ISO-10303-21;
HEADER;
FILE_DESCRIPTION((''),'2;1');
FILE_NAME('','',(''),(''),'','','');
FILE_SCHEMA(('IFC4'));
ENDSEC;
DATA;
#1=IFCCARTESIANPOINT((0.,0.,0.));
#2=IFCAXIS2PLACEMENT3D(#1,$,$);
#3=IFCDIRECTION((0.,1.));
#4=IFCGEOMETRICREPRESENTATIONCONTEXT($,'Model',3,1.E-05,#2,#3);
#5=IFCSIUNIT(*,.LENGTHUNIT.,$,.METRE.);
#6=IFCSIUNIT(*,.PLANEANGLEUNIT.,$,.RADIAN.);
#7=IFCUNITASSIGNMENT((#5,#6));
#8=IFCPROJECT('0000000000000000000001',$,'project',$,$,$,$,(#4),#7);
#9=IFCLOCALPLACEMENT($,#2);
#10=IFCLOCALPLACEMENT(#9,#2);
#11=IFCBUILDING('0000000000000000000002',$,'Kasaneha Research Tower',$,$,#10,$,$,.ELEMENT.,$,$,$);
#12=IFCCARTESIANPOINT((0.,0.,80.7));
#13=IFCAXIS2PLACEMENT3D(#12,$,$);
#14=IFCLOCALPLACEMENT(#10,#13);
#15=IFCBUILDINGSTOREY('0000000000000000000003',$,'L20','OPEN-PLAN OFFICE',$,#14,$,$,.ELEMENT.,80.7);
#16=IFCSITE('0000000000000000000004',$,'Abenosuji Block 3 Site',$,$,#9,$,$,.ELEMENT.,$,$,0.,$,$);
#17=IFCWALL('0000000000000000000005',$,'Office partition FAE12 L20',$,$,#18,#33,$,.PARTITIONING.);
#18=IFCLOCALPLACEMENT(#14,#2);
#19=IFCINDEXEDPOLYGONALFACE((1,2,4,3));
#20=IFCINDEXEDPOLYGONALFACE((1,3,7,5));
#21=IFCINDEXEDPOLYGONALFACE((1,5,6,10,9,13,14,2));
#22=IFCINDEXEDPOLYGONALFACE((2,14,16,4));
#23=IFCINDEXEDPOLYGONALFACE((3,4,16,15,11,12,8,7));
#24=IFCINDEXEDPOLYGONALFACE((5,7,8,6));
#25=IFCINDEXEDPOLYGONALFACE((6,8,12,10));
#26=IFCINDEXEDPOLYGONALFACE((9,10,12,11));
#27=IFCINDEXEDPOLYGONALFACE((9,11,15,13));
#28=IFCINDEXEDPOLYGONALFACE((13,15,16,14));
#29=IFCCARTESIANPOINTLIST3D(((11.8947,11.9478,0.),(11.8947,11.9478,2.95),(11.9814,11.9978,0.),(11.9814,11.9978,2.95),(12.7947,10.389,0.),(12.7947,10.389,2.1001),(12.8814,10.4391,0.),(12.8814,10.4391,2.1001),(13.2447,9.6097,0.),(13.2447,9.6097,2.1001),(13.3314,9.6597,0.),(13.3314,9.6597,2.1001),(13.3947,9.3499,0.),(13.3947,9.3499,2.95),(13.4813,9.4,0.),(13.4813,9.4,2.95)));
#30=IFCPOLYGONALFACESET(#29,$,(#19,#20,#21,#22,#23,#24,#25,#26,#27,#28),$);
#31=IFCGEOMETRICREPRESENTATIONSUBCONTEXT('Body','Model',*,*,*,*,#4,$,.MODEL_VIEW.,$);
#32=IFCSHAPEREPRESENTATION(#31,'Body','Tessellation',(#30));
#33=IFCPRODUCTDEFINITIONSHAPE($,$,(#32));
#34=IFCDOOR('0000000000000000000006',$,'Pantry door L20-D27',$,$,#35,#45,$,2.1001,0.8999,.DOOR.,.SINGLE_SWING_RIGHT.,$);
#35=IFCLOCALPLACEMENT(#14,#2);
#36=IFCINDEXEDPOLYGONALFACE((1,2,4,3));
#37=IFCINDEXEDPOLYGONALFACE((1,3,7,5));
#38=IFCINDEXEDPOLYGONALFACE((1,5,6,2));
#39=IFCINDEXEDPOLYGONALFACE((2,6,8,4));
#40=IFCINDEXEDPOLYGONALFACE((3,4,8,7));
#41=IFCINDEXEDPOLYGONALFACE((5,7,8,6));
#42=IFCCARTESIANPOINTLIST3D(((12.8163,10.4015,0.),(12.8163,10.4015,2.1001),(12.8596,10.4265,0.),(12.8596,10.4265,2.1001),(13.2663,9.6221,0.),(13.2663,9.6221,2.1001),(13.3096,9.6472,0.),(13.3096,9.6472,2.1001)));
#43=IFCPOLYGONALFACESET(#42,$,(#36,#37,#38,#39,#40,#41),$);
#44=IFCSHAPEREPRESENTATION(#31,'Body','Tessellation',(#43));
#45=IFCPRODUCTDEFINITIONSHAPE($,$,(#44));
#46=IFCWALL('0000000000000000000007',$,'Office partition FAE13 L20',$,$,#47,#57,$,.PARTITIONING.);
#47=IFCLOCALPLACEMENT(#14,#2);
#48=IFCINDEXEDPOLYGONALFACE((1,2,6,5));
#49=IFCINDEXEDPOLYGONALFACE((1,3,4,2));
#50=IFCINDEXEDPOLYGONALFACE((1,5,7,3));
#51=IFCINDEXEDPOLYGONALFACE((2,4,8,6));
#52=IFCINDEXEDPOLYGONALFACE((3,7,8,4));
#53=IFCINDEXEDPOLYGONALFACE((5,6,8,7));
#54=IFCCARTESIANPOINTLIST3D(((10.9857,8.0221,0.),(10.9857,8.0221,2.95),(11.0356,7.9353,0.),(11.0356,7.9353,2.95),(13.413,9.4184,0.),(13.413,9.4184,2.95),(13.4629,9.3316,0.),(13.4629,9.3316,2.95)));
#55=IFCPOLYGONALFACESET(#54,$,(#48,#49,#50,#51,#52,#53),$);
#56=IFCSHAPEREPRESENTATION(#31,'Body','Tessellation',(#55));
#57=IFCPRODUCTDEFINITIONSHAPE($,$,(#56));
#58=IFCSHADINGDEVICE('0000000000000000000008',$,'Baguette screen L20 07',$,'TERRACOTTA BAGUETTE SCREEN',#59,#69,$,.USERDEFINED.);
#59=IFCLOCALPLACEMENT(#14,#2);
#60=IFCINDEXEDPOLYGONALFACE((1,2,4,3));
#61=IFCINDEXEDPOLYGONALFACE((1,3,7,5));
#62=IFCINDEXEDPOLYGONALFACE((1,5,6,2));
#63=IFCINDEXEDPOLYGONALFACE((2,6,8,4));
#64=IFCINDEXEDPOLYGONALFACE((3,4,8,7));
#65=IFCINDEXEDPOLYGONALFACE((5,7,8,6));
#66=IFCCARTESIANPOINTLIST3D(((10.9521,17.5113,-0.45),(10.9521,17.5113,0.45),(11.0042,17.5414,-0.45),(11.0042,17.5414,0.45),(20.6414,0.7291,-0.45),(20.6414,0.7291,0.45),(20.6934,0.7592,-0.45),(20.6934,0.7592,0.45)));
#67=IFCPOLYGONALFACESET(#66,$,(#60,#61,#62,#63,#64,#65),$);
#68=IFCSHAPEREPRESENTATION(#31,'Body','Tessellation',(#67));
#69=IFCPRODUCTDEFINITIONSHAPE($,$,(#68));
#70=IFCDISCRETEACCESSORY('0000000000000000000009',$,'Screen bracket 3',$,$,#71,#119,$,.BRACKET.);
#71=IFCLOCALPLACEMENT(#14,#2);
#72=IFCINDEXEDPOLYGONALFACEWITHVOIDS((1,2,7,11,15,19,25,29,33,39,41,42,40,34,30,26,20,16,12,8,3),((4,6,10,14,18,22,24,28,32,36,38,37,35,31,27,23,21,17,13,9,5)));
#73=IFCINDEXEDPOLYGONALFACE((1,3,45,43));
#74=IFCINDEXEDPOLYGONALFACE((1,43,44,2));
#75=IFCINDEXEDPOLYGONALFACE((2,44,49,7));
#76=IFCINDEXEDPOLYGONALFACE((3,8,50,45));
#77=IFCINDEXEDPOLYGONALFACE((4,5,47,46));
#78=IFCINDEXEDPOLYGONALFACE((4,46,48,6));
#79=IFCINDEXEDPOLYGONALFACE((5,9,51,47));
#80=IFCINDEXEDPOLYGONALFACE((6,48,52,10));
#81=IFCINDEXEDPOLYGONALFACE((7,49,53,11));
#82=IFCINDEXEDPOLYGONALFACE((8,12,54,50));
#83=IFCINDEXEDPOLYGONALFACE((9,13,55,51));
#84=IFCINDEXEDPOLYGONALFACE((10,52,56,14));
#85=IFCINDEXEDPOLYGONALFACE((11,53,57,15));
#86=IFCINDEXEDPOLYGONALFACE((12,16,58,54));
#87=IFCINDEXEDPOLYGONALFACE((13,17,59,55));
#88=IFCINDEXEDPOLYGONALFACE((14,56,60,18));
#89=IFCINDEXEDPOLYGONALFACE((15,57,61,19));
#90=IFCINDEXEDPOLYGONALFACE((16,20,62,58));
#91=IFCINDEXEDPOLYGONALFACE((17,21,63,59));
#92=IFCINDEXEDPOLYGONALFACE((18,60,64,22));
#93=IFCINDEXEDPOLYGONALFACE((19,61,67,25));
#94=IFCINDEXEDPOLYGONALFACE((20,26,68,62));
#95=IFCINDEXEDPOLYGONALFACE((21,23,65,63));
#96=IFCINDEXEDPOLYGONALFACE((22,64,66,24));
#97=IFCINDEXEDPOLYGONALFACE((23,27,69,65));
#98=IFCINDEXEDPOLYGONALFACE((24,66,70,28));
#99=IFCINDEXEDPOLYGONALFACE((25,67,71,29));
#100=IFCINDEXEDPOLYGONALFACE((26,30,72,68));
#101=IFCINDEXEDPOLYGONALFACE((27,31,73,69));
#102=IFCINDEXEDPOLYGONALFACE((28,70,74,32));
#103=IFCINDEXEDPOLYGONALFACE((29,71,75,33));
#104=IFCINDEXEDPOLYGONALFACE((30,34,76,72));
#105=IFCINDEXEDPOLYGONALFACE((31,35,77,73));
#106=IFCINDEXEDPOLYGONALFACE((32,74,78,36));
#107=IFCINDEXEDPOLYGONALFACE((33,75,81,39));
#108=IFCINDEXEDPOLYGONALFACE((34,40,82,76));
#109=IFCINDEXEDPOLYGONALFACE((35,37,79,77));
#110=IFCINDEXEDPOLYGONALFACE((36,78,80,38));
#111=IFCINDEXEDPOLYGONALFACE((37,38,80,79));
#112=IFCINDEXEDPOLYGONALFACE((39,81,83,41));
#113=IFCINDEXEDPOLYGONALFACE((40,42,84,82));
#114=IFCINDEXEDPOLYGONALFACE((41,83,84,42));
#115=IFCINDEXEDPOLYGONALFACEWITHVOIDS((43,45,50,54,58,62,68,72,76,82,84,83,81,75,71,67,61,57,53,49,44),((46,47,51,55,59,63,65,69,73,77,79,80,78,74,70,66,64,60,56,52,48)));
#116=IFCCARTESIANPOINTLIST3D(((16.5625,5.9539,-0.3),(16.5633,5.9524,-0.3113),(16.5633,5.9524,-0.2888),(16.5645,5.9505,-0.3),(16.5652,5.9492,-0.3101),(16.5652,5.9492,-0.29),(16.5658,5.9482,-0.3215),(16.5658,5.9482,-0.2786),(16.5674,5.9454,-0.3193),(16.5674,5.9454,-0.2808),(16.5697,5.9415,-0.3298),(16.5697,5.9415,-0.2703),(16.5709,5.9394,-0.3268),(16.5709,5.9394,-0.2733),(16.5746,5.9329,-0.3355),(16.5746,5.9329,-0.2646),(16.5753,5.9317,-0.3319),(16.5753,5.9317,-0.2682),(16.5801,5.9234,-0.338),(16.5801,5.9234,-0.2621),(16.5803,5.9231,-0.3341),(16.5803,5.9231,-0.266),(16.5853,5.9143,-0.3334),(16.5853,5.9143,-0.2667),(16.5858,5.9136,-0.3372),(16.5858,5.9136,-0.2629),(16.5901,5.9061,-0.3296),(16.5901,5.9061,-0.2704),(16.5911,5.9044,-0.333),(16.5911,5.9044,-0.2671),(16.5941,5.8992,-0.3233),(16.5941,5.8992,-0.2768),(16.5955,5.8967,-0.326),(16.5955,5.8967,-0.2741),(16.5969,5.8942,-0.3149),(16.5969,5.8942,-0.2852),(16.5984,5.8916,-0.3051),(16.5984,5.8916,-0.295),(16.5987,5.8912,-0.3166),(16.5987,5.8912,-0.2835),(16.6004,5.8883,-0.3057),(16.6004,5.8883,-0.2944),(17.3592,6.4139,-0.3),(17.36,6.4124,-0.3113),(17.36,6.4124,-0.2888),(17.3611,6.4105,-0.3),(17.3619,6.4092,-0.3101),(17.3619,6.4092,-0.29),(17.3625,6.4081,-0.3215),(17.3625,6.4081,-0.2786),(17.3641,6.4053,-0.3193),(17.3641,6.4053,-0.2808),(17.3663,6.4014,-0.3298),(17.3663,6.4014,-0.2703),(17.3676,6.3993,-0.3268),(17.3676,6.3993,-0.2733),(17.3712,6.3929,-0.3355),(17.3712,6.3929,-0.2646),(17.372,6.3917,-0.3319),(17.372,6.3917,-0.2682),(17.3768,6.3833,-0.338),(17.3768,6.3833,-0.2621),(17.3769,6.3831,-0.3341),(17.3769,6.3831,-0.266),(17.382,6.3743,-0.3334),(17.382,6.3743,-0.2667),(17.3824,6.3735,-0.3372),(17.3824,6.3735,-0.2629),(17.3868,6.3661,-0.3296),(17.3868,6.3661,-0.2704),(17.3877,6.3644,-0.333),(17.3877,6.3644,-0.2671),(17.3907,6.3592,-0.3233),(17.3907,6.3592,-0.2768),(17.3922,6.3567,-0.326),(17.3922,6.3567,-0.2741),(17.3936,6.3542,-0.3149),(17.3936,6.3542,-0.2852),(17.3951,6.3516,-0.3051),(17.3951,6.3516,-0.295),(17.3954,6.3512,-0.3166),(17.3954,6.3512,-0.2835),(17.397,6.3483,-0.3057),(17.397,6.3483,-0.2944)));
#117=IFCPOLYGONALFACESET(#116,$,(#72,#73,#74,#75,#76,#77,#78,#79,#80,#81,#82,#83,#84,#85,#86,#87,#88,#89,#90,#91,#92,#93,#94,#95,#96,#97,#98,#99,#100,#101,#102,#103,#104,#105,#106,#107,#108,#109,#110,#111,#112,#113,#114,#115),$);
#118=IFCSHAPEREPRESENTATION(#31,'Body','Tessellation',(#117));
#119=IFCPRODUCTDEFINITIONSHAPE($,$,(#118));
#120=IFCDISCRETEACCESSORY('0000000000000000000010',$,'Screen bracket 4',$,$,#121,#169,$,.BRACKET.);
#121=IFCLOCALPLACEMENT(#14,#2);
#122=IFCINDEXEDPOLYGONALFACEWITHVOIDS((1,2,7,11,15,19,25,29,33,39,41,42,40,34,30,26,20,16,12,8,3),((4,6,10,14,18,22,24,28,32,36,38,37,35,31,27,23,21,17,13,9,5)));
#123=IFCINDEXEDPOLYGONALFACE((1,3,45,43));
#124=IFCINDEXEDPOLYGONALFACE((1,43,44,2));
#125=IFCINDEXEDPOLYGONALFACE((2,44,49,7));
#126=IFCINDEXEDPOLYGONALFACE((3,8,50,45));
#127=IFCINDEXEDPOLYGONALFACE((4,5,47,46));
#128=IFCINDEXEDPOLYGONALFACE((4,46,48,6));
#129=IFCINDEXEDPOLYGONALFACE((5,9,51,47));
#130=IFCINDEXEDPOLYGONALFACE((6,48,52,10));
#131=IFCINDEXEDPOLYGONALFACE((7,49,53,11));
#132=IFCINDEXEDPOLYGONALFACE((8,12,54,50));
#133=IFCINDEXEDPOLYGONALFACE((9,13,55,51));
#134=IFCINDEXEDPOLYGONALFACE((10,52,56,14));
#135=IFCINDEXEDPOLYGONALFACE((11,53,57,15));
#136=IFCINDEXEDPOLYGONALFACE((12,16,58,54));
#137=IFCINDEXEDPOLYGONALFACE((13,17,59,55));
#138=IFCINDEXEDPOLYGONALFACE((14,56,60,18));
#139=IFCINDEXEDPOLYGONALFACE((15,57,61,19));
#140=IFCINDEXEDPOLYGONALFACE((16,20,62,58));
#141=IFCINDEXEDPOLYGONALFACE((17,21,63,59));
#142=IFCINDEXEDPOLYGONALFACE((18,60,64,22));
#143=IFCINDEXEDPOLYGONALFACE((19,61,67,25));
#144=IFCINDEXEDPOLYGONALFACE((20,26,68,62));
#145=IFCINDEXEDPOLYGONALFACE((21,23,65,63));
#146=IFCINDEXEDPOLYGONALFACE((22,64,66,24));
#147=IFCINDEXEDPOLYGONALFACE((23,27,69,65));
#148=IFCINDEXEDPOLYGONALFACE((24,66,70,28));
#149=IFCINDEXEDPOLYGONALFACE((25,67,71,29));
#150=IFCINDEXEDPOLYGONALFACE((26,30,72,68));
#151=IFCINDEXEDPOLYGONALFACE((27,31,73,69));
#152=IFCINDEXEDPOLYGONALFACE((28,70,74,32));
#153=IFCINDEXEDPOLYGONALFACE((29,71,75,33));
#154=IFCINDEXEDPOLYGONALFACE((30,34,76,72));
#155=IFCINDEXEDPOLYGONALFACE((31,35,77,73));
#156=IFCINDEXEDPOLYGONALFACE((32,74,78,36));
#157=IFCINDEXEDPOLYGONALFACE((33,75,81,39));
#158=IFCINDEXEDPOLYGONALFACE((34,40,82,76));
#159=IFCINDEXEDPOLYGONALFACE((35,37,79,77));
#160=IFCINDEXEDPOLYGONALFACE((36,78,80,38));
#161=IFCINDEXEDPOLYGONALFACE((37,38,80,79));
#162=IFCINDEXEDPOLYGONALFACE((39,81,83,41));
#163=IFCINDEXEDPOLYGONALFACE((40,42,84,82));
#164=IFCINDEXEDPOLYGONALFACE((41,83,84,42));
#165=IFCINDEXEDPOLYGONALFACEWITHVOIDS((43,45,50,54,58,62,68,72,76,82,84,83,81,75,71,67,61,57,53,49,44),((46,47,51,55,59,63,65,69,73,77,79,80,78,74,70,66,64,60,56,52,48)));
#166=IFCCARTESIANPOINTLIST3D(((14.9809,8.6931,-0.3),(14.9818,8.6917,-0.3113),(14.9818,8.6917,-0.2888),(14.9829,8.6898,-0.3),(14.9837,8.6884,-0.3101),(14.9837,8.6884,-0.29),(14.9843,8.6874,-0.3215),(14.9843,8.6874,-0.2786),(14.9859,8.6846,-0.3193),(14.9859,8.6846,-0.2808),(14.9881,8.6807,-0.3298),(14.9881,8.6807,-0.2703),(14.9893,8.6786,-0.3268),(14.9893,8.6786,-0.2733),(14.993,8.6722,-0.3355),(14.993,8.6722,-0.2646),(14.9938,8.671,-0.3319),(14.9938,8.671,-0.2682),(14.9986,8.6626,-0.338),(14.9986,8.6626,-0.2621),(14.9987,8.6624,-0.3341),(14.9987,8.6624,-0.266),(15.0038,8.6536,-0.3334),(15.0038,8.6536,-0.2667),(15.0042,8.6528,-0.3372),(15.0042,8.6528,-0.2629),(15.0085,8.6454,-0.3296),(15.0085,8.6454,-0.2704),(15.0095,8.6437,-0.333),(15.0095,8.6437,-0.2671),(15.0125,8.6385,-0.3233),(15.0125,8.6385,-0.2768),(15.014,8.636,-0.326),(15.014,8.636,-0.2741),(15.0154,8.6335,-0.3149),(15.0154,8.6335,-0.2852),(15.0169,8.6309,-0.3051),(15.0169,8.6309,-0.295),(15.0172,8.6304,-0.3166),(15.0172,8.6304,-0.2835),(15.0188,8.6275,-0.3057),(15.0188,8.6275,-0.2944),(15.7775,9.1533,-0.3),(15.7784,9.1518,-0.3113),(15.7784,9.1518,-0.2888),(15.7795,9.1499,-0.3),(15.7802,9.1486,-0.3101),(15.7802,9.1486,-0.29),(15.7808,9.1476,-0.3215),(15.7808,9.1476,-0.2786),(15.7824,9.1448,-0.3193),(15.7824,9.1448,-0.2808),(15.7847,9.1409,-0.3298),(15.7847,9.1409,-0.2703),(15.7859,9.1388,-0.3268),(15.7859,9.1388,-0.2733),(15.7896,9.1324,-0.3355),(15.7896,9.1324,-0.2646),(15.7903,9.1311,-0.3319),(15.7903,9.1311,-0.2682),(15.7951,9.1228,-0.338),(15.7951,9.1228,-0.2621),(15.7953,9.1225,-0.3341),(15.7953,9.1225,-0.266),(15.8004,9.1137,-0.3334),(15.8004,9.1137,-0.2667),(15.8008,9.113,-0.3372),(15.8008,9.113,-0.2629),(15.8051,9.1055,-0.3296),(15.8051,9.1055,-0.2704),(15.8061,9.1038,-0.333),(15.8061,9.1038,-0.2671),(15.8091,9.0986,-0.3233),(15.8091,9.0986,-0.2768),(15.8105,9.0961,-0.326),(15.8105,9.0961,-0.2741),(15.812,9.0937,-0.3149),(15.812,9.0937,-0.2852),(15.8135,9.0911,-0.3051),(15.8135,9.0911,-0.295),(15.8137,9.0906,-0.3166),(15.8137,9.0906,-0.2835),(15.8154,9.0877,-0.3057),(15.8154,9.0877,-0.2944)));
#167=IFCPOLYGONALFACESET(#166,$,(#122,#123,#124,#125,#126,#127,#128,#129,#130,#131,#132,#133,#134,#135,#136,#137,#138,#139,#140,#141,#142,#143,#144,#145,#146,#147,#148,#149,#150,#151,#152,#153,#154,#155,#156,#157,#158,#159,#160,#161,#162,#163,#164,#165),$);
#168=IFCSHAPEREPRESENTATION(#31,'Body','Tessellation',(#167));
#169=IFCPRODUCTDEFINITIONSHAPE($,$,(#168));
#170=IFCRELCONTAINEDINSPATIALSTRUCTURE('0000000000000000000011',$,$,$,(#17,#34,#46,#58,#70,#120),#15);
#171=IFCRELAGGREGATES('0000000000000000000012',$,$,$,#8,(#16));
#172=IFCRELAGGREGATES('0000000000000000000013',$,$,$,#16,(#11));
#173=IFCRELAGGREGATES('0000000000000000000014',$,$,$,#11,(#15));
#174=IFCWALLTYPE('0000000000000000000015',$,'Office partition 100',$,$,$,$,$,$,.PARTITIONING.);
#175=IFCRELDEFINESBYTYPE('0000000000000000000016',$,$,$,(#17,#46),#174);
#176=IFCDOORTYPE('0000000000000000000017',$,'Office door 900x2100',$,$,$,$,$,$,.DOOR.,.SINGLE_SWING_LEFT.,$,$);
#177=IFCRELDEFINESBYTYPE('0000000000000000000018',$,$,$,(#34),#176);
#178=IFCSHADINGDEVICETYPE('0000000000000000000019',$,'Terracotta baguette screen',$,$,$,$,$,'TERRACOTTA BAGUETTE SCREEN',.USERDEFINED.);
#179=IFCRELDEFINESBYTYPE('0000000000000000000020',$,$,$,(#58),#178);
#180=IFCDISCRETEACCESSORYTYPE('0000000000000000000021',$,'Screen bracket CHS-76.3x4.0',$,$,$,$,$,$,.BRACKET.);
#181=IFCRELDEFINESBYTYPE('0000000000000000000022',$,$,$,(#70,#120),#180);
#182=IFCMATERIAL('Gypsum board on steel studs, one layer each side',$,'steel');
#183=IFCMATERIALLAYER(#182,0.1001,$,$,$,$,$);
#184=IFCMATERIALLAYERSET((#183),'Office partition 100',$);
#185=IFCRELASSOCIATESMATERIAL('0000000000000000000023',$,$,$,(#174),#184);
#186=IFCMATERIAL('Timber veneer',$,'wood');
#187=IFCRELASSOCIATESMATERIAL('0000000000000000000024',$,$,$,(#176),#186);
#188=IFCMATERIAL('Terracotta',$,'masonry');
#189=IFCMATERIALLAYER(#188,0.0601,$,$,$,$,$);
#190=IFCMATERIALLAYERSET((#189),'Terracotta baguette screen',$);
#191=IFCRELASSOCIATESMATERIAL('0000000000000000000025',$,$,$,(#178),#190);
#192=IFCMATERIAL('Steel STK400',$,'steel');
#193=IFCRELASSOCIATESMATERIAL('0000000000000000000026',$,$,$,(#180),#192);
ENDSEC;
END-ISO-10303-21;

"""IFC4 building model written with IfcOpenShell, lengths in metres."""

from ifc_helpers import new_model, si_unit, direction, frame, frame_2d, origin, origin_2d, place, context, subcontext, project, spatial, rectangle, hollow_circle, extrude, material, layer, layer_set, material_profile, profile_set, type_object, element, fill, save


model = new_model("IFC4")

# Units and contexts
model_context = context("Model", 3, precision=1e-05, world=origin(), true_north=direction((0.0, 1.0)))
body_context = subcontext(model_context, "Body", "Model", "MODEL_VIEW")
ifc_project = project(units=[si_unit("LENGTHUNIT", "METRE"), si_unit("PLANEANGLEUNIT", "RADIAN")], contexts=[model_context])

# Site, building, storey
site_placement = place(None, origin())
site = spatial("IfcSite", under=ifc_project, at=site_placement, Name="Abenosuji Block 3 Site", CompositionType="ELEMENT", RefElevation=0.0)
building_placement = place(site_placement, origin())
building = spatial("IfcBuilding", under=site, at=building_placement, Name="Kasaneha Research Tower", CompositionType="ELEMENT")
storey_placement = place(building_placement, frame((0.0, 0.0, 80.7)))
storey = spatial("IfcBuildingStorey", under=building, at=storey_placement, Name="L20", Description="OPEN-PLAN OFFICE", CompositionType="ELEMENT", Elevation=80.7)

# Wall, opening, door
ifc_material_1 = material(Name="Gypsum board on steel studs, one layer each side", Category="steel")
ifc_layer_1 = layer(ifc_material_1, 0.1001)
ifc_layer_set_1 = layer_set([ifc_layer_1], Name="Office partition 100")
wall_type = type_object("IfcWallType", Name="Office partition 100", PredefinedType="PARTITIONING", material=ifc_layer_set_1)
wall_1_placement = place(storey_placement, frame((11.938, 11.9729, 0.0), z_axis=(0.0, 0.0, 1.0), x_axis=(0.500025, -0.866011, 0.0)))
wall_1 = element("IfcWall", 1, at=wall_1_placement, inside=storey, type_object=wall_type, Name="Office partition FAE12 L20", PredefinedType="PARTITIONING", context=body_context, shape_type="SweptSolid", body=[
    extrude(rectangle(XDim=2.9998, YDim=0.1001, at=frame_2d((1.5, 0.0))), origin(), (0.0, 0.0, 1.0), 2.95),
])
opening_placement = place(wall_1_placement, frame((1.8, 0.0, 0.0)))
opening = element("IfcOpeningElement", 2, at=opening_placement, cuts=wall_1, PredefinedType="OPENING", context=body_context, shape_type="SweptSolid", body=[
    extrude(rectangle(XDim=0.8999, YDim=2.1001, at=frame_2d((0.45, 1.05))), frame((0.0, 0.0601, 0.0), z_axis=(0.0, -1.0, 0.0), x_axis=(1.0, 0.0, 0.0)), (0.0, 0.0, 1.0), 0.1201),
])
ifc_material_2 = material(Name="Timber veneer", Category="wood")
door_type = type_object("IfcDoorType", Name="Office door 900x2100", OperationType="SINGLE_SWING_LEFT", PredefinedType="DOOR", material=ifc_material_2)
door_placement = place(opening_placement, origin())
door = element("IfcDoor", 3, at=door_placement, inside=storey, type_object=door_type, Name="Pantry door L20-D27", OperationType="SINGLE_SWING_RIGHT", OverallHeight=2.1001, OverallWidth=0.8999, PredefinedType="DOOR", context=body_context, shape_type="SweptSolid", body=[
    extrude(rectangle(XDim=0.8999, YDim=2.1001, at=frame_2d((0.45, 1.05))), frame((0.0, 0.0249, 0.0), z_axis=(0.0, -1.0, 0.0), x_axis=(1.0, 0.0, 0.0)), (0.0, 0.0, 1.0), 0.05),
])
fill(opening, door)

# Wall
wall_2_placement = place(storey_placement, frame((13.438, 9.375, 0.0), z_axis=(0.0, 0.0, 1.0), x_axis=(-0.866818, -0.498625, 0.0)))
element("IfcWall", 4, at=wall_2_placement, inside=storey, type_object=wall_type, Name="Office partition FAE13 L20", PredefinedType="PARTITIONING", context=body_context, shape_type="SweptSolid", body=[
    extrude(rectangle(XDim=2.8003, YDim=0.1001, at=frame_2d((1.4001, 0.0))), origin(), (0.0, 0.0, 1.0), 2.95),
])

# Shading device
ifc_material_3 = material(Name="Terracotta", Category="masonry")
ifc_layer_2 = layer(ifc_material_3, 0.0601)
ifc_layer_set_2 = layer_set([ifc_layer_2], Name="Terracotta baguette screen")
shading_device_type = type_object("IfcShadingDeviceType", Name="Terracotta baguette screen", ElementType="TERRACOTTA BAGUETTE SCREEN", PredefinedType="USERDEFINED", material=ifc_layer_set_2)
shading_device_placement = place(storey_placement, frame((15.8228, 9.1353, -0.45), z_axis=(0.0, 0.0, 1.0), x_axis=(-0.5, 0.866025, 0.0)))
element("IfcShadingDevice", 5, at=shading_device_placement, inside=storey, type_object=shading_device_type, Name="Baguette screen L20 07", ObjectType="TERRACOTTA BAGUETTE SCREEN", PredefinedType="USERDEFINED", context=body_context, shape_type="SweptSolid", body=[
    extrude(rectangle(XDim=19.3784, YDim=0.0601, at=origin_2d()), origin(), (0.0, 0.0, 1.0), 0.8999),
])

# Discrete accessories
ifc_material_4 = material(Name="Steel STK400", Category="steel")
ifc_material_profile_1 = material_profile(ifc_material_4, hollow_circle(Radius=0.0381, WallThickness=0.0039, at=origin_2d()), Name="CHS-76.3x4.0")
ifc_profile_set_1 = profile_set([ifc_material_profile_1], Name="Steel STK400")
discrete_accessory_type = type_object("IfcDiscreteAccessoryType", Name="Screen bracket CHS-76.3x4.0", PredefinedType="BRACKET", material=ifc_profile_set_1)
for number, where, z_axis, x_axis, name in (
    (6, (16.5815, 5.9209, -0.3), (0.866013, 0.500021, 0.0), (-0.500021, 0.866013, 0.0), "Screen bracket 3"),
    (7, (15.0, 8.6602, -0.3), (0.865898, 0.50022, 0.0), (-0.50022, 0.865898, 0.0), "Screen bracket 4"),
):
    element("IfcDiscreteAccessory", number, at=place(storey_placement, frame(where, z_axis=z_axis, x_axis=x_axis)), inside=storey, type_object=discrete_accessory_type, Name=name, PredefinedType="BRACKET", context=body_context, shape_type="SweptSolid", body=[
        extrude(hollow_circle(Radius=0.0381, WallThickness=0.0039, at=origin_2d()), origin(), (0.0, 0.0, 1.0), 0.9199),
    ])

save(model, "model.ifc")
